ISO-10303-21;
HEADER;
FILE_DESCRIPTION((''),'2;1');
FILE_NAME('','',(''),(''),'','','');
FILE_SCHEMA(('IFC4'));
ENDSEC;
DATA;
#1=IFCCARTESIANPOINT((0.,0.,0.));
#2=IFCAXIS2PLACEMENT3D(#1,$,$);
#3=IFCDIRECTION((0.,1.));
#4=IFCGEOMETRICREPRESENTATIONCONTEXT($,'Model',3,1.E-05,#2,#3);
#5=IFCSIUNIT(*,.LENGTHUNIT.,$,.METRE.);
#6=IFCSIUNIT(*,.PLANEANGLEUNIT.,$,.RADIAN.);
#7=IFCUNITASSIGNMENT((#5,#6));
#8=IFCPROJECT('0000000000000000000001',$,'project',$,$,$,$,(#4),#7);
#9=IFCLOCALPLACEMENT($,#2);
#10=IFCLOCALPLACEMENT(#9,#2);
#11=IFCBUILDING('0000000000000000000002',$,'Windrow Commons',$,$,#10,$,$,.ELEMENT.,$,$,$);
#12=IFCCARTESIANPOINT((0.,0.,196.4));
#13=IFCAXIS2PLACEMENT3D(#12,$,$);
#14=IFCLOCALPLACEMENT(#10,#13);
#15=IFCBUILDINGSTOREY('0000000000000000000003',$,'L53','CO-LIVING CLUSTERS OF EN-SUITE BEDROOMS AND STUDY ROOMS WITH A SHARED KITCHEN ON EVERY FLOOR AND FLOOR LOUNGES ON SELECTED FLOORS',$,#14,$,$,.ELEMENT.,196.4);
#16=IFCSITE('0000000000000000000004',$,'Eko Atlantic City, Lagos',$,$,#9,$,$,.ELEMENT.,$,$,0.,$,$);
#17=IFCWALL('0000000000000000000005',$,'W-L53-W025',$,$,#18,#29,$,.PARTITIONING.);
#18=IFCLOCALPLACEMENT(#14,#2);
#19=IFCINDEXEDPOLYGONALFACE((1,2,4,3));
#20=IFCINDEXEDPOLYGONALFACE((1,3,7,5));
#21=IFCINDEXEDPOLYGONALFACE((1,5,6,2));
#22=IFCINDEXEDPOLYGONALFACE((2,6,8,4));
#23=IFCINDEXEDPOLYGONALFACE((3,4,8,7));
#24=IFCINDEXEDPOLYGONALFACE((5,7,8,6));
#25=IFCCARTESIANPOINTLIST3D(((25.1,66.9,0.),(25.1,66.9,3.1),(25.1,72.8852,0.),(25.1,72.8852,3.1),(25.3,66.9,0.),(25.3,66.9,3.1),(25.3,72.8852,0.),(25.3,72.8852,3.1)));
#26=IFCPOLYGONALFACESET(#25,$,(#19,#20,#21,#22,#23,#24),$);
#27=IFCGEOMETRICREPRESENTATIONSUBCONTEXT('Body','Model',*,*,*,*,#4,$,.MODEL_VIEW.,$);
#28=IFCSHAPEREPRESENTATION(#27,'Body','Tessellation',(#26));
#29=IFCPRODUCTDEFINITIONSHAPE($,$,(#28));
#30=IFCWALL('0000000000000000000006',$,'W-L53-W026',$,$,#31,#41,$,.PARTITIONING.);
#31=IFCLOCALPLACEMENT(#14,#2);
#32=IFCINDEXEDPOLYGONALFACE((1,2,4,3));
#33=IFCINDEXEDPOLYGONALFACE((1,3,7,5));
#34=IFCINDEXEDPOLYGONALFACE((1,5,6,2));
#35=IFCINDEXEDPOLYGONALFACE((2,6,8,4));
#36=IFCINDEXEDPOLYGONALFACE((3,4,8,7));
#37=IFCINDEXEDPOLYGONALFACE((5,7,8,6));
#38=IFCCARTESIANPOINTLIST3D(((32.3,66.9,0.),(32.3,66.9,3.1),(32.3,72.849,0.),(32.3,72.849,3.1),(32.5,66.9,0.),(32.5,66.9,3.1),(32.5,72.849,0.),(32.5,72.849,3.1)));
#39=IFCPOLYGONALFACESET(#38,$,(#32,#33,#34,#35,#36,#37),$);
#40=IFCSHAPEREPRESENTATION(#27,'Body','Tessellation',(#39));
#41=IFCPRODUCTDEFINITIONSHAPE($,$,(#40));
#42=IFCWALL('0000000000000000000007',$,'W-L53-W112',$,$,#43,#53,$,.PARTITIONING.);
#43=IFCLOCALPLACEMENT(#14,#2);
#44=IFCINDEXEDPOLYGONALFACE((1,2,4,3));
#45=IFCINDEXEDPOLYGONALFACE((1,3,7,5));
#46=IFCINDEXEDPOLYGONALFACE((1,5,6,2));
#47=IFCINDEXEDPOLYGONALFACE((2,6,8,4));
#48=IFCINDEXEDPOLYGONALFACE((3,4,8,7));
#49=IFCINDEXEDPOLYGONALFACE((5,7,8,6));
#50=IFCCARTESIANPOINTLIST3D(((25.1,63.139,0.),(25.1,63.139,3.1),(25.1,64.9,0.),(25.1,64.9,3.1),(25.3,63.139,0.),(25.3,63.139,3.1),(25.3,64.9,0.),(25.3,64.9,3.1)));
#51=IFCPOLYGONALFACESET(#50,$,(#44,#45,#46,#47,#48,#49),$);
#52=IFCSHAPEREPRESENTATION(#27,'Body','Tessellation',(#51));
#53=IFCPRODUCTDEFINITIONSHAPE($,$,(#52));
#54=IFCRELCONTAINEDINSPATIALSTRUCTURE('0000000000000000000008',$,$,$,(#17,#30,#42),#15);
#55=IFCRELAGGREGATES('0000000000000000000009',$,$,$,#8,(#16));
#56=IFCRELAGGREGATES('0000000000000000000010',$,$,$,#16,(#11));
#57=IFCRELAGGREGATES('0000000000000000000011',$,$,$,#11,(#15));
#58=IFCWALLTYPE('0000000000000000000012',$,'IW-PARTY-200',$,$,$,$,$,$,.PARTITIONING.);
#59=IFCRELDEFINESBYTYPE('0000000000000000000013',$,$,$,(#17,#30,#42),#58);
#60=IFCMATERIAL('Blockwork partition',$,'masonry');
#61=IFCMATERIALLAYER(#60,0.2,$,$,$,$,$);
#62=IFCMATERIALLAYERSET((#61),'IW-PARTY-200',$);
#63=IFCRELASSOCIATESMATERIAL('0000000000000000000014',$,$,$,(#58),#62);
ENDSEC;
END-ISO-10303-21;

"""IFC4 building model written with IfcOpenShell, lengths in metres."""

from ifc_helpers import new_model, si_unit, direction, frame, frame_2d, origin, place, context, subcontext, project, spatial, rectangle, extrude, material, layer, layer_set, type_object, element, save


model = new_model("IFC4")

# Units and contexts
model_context = context("Model", 3, precision=1e-05, world=origin(), true_north=direction((0.0, 1.0)))
body_context = subcontext(model_context, "Body", "Model", "MODEL_VIEW")
ifc_project = project(units=[si_unit("LENGTHUNIT", "METRE"), si_unit("PLANEANGLEUNIT", "RADIAN")], contexts=[model_context])

# Site, building, storey
site_placement = place(None, origin())
site = spatial("IfcSite", under=ifc_project, at=site_placement, Name="Eko Atlantic City, Lagos", CompositionType="ELEMENT", RefElevation=0.0)
building_placement = place(site_placement, origin())
building = spatial("IfcBuilding", under=site, at=building_placement, Name="Windrow Commons", CompositionType="ELEMENT")
storey_placement = place(building_placement, frame((0.0, 0.0, 196.4)))
storey = spatial("IfcBuildingStorey", under=building, at=storey_placement, Name="L53", Description="CO-LIVING CLUSTERS OF EN-SUITE BEDROOMS AND STUDY ROOMS WITH A SHARED KITCHEN ON EVERY FLOOR AND FLOOR LOUNGES ON SELECTED FLOORS", CompositionType="ELEMENT", Elevation=196.4)

# Walls
ifc_material_1 = material(Name="Blockwork partition", Category="masonry")
ifc_layer_1 = layer(ifc_material_1, 0.2)
ifc_layer_set_1 = layer_set([ifc_layer_1], Name="IW-PARTY-200")
wall_type_1 = type_object("IfcWallType", Name="IW-PARTY-200", PredefinedType="PARTITIONING", material=ifc_layer_set_1)
wall_1_placement = place(storey_placement, frame((25.2, 66.9, 0.0), z_axis=(0.0, 0.0, 1.0), x_axis=(0.0, 1.0, 0.0)))
element("IfcWall", 1, at=wall_1_placement, inside=storey, type_object=wall_type_1, Name="W-L53-W025", PredefinedType="PARTITIONING", context=body_context, shape_type="SweptSolid", body=[
    extrude(rectangle(XDim=5.9853, YDim=0.2, at=frame_2d((2.9926, 0.0))), origin(), (0.0, 0.0, 1.0), 3.1),
])
wall_2_placement = place(storey_placement, frame((32.4, 66.9, 0.0), z_axis=(0.0, 0.0, 1.0), x_axis=(0.0, 1.0, 0.0)))
element("IfcWall", 2, at=wall_2_placement, inside=storey, type_object=wall_type_1, Name="W-L53-W026", PredefinedType="PARTITIONING", context=body_context, shape_type="SweptSolid", body=[
    extrude(rectangle(XDim=5.949, YDim=0.2, at=frame_2d((2.9745, 0.0))), origin(), (0.0, 0.0, 1.0), 3.1),
])
wall_3_placement = place(storey_placement, frame((25.2, 63.139, 0.0), z_axis=(0.0, 0.0, 1.0), x_axis=(0.0, 1.0, 0.0)))
element("IfcWall", 3, at=wall_3_placement, inside=storey, type_object=wall_type_1, Name="W-L53-W112", PredefinedType="PARTITIONING", context=body_context, shape_type="SweptSolid", body=[
    extrude(rectangle(XDim=1.761, YDim=0.2, at=frame_2d((0.8805, 0.0))), origin(), (0.0, 0.0, 1.0), 3.1),
])

save(model, "model.ifc")
